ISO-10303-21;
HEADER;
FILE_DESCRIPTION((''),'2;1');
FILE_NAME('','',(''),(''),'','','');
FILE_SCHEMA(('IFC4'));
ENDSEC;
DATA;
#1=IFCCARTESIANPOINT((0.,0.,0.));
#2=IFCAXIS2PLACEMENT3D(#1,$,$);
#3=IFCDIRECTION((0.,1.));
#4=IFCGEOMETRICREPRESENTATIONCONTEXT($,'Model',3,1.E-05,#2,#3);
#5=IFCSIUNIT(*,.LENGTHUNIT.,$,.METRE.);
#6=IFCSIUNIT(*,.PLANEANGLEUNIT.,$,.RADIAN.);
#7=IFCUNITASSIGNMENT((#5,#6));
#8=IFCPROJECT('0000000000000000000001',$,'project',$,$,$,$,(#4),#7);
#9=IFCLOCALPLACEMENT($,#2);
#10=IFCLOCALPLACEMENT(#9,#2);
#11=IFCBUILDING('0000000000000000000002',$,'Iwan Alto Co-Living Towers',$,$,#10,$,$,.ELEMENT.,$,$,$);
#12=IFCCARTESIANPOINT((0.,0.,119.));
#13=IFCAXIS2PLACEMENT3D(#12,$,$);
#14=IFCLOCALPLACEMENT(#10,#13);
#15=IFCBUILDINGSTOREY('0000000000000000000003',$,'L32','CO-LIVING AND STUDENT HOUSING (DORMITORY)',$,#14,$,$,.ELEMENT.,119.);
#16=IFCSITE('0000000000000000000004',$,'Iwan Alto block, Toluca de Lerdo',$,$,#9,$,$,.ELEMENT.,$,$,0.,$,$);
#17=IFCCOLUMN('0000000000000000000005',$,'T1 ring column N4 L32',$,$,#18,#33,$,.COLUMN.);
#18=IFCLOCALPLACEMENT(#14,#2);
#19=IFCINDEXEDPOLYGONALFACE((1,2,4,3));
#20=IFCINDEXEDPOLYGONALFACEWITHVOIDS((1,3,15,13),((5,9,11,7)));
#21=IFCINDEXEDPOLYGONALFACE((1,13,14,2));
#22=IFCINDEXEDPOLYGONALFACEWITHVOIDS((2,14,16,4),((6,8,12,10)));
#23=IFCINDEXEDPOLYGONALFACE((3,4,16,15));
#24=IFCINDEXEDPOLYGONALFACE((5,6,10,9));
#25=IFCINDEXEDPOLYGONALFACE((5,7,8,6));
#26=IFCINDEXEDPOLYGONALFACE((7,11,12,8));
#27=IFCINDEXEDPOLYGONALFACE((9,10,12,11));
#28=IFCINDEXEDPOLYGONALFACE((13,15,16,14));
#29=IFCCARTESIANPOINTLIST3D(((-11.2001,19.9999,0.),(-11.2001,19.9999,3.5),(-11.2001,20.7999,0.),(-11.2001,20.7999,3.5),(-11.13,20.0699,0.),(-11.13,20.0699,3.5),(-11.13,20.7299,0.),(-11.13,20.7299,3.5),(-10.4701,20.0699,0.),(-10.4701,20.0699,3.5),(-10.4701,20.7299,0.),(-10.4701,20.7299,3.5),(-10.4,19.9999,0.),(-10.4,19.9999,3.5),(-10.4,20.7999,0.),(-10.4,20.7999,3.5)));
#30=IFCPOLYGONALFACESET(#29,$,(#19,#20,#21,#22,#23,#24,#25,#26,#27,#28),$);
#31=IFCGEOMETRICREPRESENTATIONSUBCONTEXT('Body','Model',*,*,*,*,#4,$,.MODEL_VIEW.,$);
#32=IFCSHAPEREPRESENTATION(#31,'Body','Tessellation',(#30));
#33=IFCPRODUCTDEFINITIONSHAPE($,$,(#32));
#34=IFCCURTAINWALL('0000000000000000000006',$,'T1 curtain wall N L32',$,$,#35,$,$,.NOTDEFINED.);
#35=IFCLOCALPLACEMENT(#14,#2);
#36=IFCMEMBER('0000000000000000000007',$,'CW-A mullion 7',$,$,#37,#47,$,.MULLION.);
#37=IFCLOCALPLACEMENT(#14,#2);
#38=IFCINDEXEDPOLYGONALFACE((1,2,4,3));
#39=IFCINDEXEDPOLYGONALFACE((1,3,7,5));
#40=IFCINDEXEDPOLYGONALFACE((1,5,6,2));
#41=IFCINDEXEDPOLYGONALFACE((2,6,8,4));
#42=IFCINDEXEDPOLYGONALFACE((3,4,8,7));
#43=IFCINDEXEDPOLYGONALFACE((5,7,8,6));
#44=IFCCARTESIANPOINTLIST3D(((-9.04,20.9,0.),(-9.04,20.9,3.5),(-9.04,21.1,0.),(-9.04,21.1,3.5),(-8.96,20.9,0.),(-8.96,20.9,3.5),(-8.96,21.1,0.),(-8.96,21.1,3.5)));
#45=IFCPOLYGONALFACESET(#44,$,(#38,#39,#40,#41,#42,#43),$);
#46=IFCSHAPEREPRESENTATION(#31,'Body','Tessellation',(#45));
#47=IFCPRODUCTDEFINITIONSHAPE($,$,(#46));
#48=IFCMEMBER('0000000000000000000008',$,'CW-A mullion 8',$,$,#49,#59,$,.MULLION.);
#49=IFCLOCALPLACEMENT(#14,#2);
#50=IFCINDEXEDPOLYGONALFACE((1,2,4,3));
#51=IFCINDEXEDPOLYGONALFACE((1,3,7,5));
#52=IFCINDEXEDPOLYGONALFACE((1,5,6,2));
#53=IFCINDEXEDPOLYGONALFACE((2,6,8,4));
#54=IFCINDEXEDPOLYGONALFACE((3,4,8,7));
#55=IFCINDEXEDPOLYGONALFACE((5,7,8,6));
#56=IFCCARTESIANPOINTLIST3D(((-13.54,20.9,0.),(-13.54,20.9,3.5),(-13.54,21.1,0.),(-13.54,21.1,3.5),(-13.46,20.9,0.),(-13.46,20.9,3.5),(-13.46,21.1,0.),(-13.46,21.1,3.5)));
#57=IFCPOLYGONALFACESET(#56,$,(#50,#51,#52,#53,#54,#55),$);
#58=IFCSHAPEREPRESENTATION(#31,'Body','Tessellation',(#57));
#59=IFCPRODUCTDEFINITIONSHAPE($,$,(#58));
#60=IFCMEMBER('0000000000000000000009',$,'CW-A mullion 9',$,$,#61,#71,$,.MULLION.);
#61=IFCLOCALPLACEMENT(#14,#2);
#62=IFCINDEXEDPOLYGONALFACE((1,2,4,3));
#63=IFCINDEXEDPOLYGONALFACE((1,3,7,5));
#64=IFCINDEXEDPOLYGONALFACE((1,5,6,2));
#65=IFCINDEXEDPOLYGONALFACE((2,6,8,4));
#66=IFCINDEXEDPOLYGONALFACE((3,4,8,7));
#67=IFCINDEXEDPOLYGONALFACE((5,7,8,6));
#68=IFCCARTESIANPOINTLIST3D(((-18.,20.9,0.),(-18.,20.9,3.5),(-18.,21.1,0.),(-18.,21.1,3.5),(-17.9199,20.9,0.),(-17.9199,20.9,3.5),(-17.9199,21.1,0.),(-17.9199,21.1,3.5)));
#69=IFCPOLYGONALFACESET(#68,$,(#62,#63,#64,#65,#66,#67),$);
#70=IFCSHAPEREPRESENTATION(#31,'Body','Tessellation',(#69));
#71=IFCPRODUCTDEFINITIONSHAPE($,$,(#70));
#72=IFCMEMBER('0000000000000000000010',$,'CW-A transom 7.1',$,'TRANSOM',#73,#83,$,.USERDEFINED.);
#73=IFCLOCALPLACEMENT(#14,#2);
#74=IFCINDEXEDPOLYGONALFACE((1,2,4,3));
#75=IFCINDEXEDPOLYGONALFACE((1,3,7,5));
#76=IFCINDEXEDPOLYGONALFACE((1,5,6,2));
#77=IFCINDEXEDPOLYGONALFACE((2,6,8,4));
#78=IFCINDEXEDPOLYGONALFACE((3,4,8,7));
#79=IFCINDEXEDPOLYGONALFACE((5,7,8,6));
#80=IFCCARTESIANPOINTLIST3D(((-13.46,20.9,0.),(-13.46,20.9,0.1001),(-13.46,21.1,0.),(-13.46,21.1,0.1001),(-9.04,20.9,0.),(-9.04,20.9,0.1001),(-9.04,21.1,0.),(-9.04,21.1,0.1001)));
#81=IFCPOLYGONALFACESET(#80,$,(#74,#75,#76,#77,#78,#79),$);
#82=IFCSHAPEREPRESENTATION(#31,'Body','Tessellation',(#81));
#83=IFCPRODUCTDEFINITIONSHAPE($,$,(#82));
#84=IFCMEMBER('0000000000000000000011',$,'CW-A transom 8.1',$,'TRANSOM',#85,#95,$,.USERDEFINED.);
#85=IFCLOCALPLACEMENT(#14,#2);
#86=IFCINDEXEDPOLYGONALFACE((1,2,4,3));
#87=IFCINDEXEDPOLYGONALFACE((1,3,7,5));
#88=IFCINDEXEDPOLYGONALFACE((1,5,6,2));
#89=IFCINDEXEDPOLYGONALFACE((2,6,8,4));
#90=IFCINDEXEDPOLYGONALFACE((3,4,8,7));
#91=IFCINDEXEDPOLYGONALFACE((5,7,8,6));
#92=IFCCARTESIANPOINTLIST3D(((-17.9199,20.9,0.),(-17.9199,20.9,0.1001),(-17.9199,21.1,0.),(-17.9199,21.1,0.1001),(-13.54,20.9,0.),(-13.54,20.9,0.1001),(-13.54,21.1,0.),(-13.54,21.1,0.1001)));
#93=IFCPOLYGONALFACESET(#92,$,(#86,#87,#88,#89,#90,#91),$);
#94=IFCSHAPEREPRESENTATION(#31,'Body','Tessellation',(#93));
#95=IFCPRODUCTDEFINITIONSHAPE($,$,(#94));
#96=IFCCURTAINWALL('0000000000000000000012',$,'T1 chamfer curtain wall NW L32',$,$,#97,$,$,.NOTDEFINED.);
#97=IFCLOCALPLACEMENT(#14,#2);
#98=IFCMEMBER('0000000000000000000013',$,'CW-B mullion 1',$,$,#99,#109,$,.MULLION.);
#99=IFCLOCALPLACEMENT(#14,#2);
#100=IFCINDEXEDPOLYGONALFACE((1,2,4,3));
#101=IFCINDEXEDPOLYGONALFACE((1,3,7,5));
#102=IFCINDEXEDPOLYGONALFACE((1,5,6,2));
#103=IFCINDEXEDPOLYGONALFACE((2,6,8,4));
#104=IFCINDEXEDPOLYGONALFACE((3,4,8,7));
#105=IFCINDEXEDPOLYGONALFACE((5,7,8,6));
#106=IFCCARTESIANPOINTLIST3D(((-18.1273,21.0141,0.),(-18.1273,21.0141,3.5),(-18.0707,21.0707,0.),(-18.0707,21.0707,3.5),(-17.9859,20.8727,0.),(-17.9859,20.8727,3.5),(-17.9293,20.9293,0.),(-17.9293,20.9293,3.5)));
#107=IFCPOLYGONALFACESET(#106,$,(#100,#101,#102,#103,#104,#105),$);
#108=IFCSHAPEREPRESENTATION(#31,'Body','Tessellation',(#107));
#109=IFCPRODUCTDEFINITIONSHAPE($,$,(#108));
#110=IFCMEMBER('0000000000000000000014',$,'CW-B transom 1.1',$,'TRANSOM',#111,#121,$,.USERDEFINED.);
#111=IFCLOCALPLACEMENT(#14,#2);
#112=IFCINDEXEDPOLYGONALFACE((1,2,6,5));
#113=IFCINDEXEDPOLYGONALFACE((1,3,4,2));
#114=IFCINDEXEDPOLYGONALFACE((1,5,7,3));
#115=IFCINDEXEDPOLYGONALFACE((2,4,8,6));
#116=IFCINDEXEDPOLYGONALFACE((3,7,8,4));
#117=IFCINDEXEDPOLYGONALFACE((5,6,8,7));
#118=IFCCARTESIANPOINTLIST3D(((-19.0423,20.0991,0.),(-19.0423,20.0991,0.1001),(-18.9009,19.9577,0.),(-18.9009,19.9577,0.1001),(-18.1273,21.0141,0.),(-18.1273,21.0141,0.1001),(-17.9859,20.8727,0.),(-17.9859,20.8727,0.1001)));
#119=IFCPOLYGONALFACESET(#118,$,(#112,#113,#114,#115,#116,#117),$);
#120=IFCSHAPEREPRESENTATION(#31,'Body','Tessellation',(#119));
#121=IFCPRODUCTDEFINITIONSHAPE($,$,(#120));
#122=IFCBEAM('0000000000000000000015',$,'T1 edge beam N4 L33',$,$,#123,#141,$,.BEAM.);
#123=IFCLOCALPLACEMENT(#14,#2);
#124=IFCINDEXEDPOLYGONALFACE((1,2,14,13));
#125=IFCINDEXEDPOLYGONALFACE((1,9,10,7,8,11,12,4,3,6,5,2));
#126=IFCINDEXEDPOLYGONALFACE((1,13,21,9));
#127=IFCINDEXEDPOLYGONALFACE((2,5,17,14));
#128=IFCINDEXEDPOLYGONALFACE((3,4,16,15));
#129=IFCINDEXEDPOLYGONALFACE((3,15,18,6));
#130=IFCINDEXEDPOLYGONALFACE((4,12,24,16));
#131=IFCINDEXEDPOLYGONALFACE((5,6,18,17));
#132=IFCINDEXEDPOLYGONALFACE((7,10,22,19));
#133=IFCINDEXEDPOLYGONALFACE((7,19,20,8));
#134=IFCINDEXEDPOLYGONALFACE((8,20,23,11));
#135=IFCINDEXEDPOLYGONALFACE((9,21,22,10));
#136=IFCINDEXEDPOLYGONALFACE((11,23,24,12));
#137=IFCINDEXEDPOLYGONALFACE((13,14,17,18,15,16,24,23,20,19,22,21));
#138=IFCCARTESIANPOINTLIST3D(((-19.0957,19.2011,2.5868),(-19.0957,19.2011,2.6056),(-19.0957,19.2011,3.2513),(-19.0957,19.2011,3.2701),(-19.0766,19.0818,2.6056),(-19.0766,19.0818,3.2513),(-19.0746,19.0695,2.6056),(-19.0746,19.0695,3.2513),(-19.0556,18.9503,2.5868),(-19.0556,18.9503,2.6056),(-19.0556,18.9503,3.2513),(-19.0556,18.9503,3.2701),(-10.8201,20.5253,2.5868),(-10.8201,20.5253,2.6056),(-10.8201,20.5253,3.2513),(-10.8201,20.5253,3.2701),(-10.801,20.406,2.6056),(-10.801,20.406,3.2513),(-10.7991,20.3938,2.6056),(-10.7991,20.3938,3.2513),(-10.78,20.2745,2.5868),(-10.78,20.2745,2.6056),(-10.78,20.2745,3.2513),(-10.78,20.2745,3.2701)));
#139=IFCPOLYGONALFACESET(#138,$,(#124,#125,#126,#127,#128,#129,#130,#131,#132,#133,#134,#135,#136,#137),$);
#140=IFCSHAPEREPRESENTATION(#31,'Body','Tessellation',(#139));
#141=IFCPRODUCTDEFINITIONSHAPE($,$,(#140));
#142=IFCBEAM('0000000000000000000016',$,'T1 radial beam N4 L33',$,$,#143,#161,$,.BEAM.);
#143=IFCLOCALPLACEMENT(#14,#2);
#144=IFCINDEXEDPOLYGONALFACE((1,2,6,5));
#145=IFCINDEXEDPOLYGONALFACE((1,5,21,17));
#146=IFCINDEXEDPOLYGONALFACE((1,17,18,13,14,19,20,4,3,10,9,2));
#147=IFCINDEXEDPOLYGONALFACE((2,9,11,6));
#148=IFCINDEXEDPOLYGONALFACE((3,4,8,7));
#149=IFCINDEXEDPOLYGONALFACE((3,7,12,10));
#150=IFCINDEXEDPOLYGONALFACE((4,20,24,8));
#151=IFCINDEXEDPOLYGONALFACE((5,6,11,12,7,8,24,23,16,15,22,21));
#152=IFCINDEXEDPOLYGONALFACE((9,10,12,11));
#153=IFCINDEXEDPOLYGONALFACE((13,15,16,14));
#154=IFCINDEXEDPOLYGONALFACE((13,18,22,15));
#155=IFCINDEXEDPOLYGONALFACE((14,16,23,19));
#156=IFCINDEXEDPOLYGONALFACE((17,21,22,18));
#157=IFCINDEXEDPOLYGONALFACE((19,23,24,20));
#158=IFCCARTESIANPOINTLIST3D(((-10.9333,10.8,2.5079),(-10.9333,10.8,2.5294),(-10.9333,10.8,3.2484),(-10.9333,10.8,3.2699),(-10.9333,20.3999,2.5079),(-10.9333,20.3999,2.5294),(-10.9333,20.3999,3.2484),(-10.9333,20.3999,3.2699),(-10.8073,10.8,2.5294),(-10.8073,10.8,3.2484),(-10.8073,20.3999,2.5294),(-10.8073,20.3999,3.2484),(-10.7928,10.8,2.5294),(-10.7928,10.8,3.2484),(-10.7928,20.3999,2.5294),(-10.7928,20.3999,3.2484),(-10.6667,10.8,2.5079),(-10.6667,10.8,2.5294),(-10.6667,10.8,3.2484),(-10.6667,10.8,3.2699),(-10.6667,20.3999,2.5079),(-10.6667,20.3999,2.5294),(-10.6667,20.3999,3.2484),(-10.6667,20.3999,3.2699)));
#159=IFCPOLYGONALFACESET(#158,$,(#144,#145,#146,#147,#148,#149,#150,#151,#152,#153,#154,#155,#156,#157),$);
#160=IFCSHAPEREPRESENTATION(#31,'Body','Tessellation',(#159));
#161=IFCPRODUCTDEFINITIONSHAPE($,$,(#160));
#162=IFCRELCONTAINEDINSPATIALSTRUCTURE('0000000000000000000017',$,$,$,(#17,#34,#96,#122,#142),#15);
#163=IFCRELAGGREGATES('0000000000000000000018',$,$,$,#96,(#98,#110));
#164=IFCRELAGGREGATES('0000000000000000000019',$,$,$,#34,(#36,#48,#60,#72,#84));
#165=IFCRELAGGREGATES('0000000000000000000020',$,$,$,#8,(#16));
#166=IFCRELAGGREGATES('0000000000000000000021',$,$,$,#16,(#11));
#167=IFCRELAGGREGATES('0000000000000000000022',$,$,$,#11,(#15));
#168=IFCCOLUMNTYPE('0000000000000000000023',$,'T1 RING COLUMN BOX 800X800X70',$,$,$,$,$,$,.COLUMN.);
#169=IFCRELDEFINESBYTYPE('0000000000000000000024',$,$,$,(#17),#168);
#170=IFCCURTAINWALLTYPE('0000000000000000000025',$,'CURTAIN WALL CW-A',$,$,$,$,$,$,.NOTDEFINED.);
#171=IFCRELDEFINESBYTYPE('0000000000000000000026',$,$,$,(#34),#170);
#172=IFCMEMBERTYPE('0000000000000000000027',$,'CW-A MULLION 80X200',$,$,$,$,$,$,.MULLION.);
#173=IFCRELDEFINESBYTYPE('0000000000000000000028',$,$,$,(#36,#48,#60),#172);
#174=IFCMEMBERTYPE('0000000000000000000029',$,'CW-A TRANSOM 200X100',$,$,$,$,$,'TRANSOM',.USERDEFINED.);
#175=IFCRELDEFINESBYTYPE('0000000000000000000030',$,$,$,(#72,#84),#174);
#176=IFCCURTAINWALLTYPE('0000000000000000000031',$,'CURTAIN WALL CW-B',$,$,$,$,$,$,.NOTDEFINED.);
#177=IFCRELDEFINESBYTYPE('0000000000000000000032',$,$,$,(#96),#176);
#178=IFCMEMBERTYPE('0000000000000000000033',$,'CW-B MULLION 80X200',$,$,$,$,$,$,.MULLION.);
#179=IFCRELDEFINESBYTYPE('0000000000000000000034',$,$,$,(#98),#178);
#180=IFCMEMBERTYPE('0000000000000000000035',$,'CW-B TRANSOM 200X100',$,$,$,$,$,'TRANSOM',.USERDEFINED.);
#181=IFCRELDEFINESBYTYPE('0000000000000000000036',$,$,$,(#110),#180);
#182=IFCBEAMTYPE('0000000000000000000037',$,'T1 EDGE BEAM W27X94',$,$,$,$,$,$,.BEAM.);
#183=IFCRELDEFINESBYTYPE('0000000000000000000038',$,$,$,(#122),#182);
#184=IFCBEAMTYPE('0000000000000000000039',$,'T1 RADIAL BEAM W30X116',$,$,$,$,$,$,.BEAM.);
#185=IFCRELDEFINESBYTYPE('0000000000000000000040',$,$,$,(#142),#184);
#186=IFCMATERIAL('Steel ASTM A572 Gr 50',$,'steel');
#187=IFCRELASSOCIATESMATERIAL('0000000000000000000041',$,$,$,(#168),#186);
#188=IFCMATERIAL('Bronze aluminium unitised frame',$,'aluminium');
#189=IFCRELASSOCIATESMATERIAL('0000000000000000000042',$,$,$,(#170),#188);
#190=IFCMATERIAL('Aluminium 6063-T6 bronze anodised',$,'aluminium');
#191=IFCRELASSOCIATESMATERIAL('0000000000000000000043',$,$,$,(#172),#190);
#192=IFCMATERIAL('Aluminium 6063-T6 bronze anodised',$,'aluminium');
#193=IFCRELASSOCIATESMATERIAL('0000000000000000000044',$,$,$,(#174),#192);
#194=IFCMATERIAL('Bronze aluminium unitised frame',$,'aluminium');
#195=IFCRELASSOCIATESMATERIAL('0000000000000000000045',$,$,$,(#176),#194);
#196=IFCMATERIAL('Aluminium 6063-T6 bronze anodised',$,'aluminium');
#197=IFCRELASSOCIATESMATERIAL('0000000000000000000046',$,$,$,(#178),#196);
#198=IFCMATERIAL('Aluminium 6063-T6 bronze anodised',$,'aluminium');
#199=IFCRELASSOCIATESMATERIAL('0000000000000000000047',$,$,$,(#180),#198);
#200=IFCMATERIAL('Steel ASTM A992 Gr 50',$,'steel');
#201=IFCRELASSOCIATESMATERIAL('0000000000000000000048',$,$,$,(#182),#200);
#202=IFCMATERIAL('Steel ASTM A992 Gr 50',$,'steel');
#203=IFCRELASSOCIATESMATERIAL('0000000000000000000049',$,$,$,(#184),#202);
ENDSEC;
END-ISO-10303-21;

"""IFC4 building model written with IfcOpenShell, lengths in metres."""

from ifc_helpers import new_model, si_unit, direction, frame, origin, origin_2d, place, context, subcontext, project, spatial, rectangle, hollow_rectangle, i_section, extrude, material, material_profile, profile_set, type_object, element, aggregate, save


model = new_model("IFC4")

# Units and contexts
model_context = context("Model", 3, precision=1e-05, world=origin(), true_north=direction((0.0, 1.0)))
body_context = subcontext(model_context, "Body", "Model", "MODEL_VIEW")
ifc_project = project(units=[si_unit("LENGTHUNIT", "METRE"), si_unit("PLANEANGLEUNIT", "RADIAN")], contexts=[model_context])

# Site, building, storey
site_placement = place(None, origin())
site = spatial("IfcSite", under=ifc_project, at=site_placement, Name="Iwan Alto block, Toluca de Lerdo", CompositionType="ELEMENT", RefElevation=0.0)
building_placement = place(site_placement, origin())
building = spatial("IfcBuilding", under=site, at=building_placement, Name="Iwan Alto Co-Living Towers", CompositionType="ELEMENT")
storey_placement = place(building_placement, frame((0.0, 0.0, 119.0)))
storey = spatial("IfcBuildingStorey", under=building, at=storey_placement, Name="L32", Description="CO-LIVING AND STUDENT HOUSING (DORMITORY)", CompositionType="ELEMENT", Elevation=119.0)

# Column
ifc_material_1 = material(Name="Steel ASTM A572 Gr 50", Category="steel")
ifc_material_profile_1 = material_profile(ifc_material_1, hollow_rectangle(XDim=0.8, YDim=0.8, WallThickness=0.0701, at=origin_2d()), Name="BOX 800X800X70")
ifc_profile_set_1 = profile_set([ifc_material_profile_1], Name="Steel ASTM A572 Gr 50")
column_type = type_object("IfcColumnType", Name="T1 RING COLUMN BOX 800X800X70", PredefinedType="COLUMN", material=ifc_profile_set_1)
column_placement = place(storey_placement, frame((-10.8, 20.3999, 0.0), z_axis=(0.0, 0.0, 1.0), x_axis=(1.0, 0.0, 0.0)))
element("IfcColumn", 1, at=column_placement, inside=storey, type_object=column_type, Name="T1 ring column N4 L32", PredefinedType="COLUMN", context=body_context, shape_type="SweptSolid", body=[
    extrude(hollow_rectangle(XDim=0.8, YDim=0.8, WallThickness=0.0701, at=origin_2d()), origin(), (0.0, 0.0, 1.0), 3.5),
])

# Curtain walls, members
ifc_material_2 = material(Name="Bronze aluminium unitised frame", Category="aluminium")
curtain_wall_type_1 = type_object("IfcCurtainWallType", Name="CURTAIN WALL CW-A", PredefinedType="NOTDEFINED", material=ifc_material_2)
curtain_wall_1_placement = place(storey_placement, origin())
curtain_wall_1 = element("IfcCurtainWall", 2, at=curtain_wall_1_placement, inside=storey, type_object=curtain_wall_type_1, Name="T1 curtain wall N L32", PredefinedType="NOTDEFINED")
ifc_material_3 = material(Name="Aluminium 6063-T6 bronze anodised", Category="aluminium")
ifc_material_profile_2 = material_profile(ifc_material_3, rectangle(XDim=0.2, YDim=0.0801, at=origin_2d()), Name="AL 80X200")
ifc_profile_set_2 = profile_set([ifc_material_profile_2], Name="Aluminium 6063-T6 bronze anodised")
member_type_1 = type_object("IfcMemberType", Name="CW-A MULLION 80X200", PredefinedType="MULLION", material=ifc_profile_set_2)
member_1_placement = place(storey_placement, frame((-9.0, 21.0, 0.0), z_axis=(0.0, 0.0, 1.0), x_axis=(0.0, -1.0, 0.0)))
member_1 = element("IfcMember", 3, at=member_1_placement, type_object=member_type_1, Name="CW-A mullion 7", PredefinedType="MULLION", context=body_context, shape_type="SweptSolid", body=[
    extrude(rectangle(XDim=0.2, YDim=0.0801, at=origin_2d()), origin(), (0.0, 0.0, 1.0), 3.5),
])
member_2_placement = place(storey_placement, frame((-13.5, 21.0, 0.0), z_axis=(0.0, 0.0, 1.0), x_axis=(0.0, -1.0, 0.0)))
member_2 = element("IfcMember", 4, at=member_2_placement, type_object=member_type_1, Name="CW-A mullion 8", PredefinedType="MULLION", context=body_context, shape_type="SweptSolid", body=[
    extrude(rectangle(XDim=0.2, YDim=0.0801, at=origin_2d()), origin(), (0.0, 0.0, 1.0), 3.5),
])
member_3_placement = place(storey_placement, frame((-17.96, 21.0, 0.0), z_axis=(0.0, 0.0, 1.0), x_axis=(0.0, -1.0, 0.0)))
member_3 = element("IfcMember", 5, at=member_3_placement, type_object=member_type_1, Name="CW-A mullion 9", PredefinedType="MULLION", context=body_context, shape_type="SweptSolid", body=[
    extrude(rectangle(XDim=0.2, YDim=0.0801, at=origin_2d()), origin(), (0.0, 0.0, 1.0), 3.5),
])
ifc_material_4 = material(Name="Aluminium 6063-T6 bronze anodised", Category="aluminium")
ifc_material_profile_3 = material_profile(ifc_material_4, rectangle(XDim=0.2, YDim=0.1001, at=origin_2d()), Name="AL 200X100")
ifc_profile_set_3 = profile_set([ifc_material_profile_3], Name="Aluminium 6063-T6 bronze anodised")
member_type_2 = type_object("IfcMemberType", Name="CW-A TRANSOM 200X100", ElementType="TRANSOM", PredefinedType="USERDEFINED", material=ifc_profile_set_3)
member_4_placement = place(storey_placement, frame((-9.04, 21.0, 0.05), z_axis=(-1.0, 0.0, 0.0), x_axis=(0.0, -1.0, 0.0)))
member_4 = element("IfcMember", 6, at=member_4_placement, type_object=member_type_2, Name="CW-A transom 7.1", ObjectType="TRANSOM", PredefinedType="USERDEFINED", context=body_context, shape_type="SweptSolid", body=[
    extrude(rectangle(XDim=0.2, YDim=0.1001, at=origin_2d()), origin(), (0.0, 0.0, 1.0), 4.4199),
])
member_5_placement = place(storey_placement, frame((-13.54, 21.0, 0.05), z_axis=(-1.0, 0.0, 0.0), x_axis=(0.0, -1.0, 0.0)))
member_5 = element("IfcMember", 7, at=member_5_placement, type_object=member_type_2, Name="CW-A transom 8.1", ObjectType="TRANSOM", PredefinedType="USERDEFINED", context=body_context, shape_type="SweptSolid", body=[
    extrude(rectangle(XDim=0.2, YDim=0.1001, at=origin_2d()), origin(), (0.0, 0.0, 1.0), 4.3799),
])
ifc_material_5 = material(Name="Bronze aluminium unitised frame", Category="aluminium")
curtain_wall_type_2 = type_object("IfcCurtainWallType", Name="CURTAIN WALL CW-B", PredefinedType="NOTDEFINED", material=ifc_material_5)
curtain_wall_2_placement = place(storey_placement, origin())
curtain_wall_2 = element("IfcCurtainWall", 8, at=curtain_wall_2_placement, inside=storey, type_object=curtain_wall_type_2, Name="T1 chamfer curtain wall NW L32", PredefinedType="NOTDEFINED")
ifc_material_6 = material(Name="Aluminium 6063-T6 bronze anodised", Category="aluminium")
ifc_material_profile_4 = material_profile(ifc_material_6, rectangle(XDim=0.2, YDim=0.0801, at=origin_2d()), Name="AL 80X200")
ifc_profile_set_4 = profile_set([ifc_material_profile_4], Name="Aluminium 6063-T6 bronze anodised")
member_type_3 = type_object("IfcMemberType", Name="CW-B MULLION 80X200", PredefinedType="MULLION", material=ifc_profile_set_4)
member_6_placement = place(storey_placement, frame((-18.0283, 20.9717, 0.0), z_axis=(0.0, 0.0, 1.0), x_axis=(0.707107, -0.707107, 0.0)))
member_6 = element("IfcMember", 9, at=member_6_placement, type_object=member_type_3, Name="CW-B mullion 1", PredefinedType="MULLION", context=body_context, shape_type="SweptSolid", body=[
    extrude(rectangle(XDim=0.2, YDim=0.0801, at=origin_2d()), origin(), (0.0, 0.0, 1.0), 3.5),
])
ifc_material_7 = material(Name="Aluminium 6063-T6 bronze anodised", Category="aluminium")
ifc_material_profile_5 = material_profile(ifc_material_7, rectangle(XDim=0.2, YDim=0.1001, at=origin_2d()), Name="AL 200X100")
ifc_profile_set_5 = profile_set([ifc_material_profile_5], Name="Aluminium 6063-T6 bronze anodised")
member_type_4 = type_object("IfcMemberType", Name="CW-B TRANSOM 200X100", ElementType="TRANSOM", PredefinedType="USERDEFINED", material=ifc_profile_set_5)
member_7_placement = place(storey_placement, frame((-18.0566, 20.9434, 0.05), z_axis=(-0.707107, -0.707107, 0.0), x_axis=(0.707107, -0.707107, 0.0)))
member_7 = element("IfcMember", 10, at=member_7_placement, type_object=member_type_4, Name="CW-B transom 1.1", ObjectType="TRANSOM", PredefinedType="USERDEFINED", context=body_context, shape_type="SweptSolid", body=[
    extrude(rectangle(XDim=0.2, YDim=0.1001, at=origin_2d()), origin(), (0.0, 0.0, 1.0), 1.2939),
])
aggregate(curtain_wall_2, [member_6, member_7])

# Beams
ifc_material_8 = material(Name="Steel ASTM A992 Gr 50", Category="steel")
ifc_material_profile_6 = material_profile(ifc_material_8, i_section(OverallWidth=0.2539, OverallDepth=0.6833, WebThickness=0.0125, FlangeThickness=0.0188, at=origin_2d()), Name="W27X94")
ifc_profile_set_6 = profile_set([ifc_material_profile_6], Name="Steel ASTM A992 Gr 50")
beam_type_1 = type_object("IfcBeamType", Name="T1 EDGE BEAM W27X94", PredefinedType="BEAM", material=ifc_profile_set_6)
beam_1_placement = place(storey_placement, frame((-10.8, 20.3999, 2.9285), z_axis=(-0.987438, -0.158004, 0.0), x_axis=(0.158004, -0.987438, 0.0)))
element("IfcBeam", 11, at=beam_1_placement, inside=storey, type_object=beam_type_1, Name="T1 edge beam N4 L33", PredefinedType="BEAM", context=body_context, shape_type="SweptSolid", body=[
    extrude(i_section(OverallWidth=0.2539, OverallDepth=0.6833, WebThickness=0.0125, FlangeThickness=0.0188, at=origin_2d()), origin(), (0.0, 0.0, 1.0), 8.3809),
])
ifc_material_9 = material(Name="Steel ASTM A992 Gr 50", Category="steel")
ifc_material_profile_7 = material_profile(ifc_material_9, i_section(OverallWidth=0.2666, OverallDepth=0.762, WebThickness=0.0144, FlangeThickness=0.0215, at=origin_2d()), Name="W30X116")
ifc_profile_set_7 = profile_set([ifc_material_profile_7], Name="Steel ASTM A992 Gr 50")
beam_type_2 = type_object("IfcBeamType", Name="T1 RADIAL BEAM W30X116", PredefinedType="BEAM", material=ifc_profile_set_7)
beam_2_placement = place(storey_placement, frame((-10.8, 20.3999, 2.8889), z_axis=(0.0, -1.0, 0.0), x_axis=(1.0, 0.0, 0.0)))
element("IfcBeam", 12, at=beam_2_placement, inside=storey, type_object=beam_type_2, Name="T1 radial beam N4 L33", PredefinedType="BEAM", context=body_context, shape_type="SweptSolid", body=[
    extrude(i_section(OverallWidth=0.2666, OverallDepth=0.762, WebThickness=0.0144, FlangeThickness=0.0215, at=origin_2d()), origin(), (0.0, 0.0, 1.0), 9.5999),
])

aggregate(curtain_wall_1, [member_1, member_2, member_3, member_4, member_5])

save(model, "model.ifc")
